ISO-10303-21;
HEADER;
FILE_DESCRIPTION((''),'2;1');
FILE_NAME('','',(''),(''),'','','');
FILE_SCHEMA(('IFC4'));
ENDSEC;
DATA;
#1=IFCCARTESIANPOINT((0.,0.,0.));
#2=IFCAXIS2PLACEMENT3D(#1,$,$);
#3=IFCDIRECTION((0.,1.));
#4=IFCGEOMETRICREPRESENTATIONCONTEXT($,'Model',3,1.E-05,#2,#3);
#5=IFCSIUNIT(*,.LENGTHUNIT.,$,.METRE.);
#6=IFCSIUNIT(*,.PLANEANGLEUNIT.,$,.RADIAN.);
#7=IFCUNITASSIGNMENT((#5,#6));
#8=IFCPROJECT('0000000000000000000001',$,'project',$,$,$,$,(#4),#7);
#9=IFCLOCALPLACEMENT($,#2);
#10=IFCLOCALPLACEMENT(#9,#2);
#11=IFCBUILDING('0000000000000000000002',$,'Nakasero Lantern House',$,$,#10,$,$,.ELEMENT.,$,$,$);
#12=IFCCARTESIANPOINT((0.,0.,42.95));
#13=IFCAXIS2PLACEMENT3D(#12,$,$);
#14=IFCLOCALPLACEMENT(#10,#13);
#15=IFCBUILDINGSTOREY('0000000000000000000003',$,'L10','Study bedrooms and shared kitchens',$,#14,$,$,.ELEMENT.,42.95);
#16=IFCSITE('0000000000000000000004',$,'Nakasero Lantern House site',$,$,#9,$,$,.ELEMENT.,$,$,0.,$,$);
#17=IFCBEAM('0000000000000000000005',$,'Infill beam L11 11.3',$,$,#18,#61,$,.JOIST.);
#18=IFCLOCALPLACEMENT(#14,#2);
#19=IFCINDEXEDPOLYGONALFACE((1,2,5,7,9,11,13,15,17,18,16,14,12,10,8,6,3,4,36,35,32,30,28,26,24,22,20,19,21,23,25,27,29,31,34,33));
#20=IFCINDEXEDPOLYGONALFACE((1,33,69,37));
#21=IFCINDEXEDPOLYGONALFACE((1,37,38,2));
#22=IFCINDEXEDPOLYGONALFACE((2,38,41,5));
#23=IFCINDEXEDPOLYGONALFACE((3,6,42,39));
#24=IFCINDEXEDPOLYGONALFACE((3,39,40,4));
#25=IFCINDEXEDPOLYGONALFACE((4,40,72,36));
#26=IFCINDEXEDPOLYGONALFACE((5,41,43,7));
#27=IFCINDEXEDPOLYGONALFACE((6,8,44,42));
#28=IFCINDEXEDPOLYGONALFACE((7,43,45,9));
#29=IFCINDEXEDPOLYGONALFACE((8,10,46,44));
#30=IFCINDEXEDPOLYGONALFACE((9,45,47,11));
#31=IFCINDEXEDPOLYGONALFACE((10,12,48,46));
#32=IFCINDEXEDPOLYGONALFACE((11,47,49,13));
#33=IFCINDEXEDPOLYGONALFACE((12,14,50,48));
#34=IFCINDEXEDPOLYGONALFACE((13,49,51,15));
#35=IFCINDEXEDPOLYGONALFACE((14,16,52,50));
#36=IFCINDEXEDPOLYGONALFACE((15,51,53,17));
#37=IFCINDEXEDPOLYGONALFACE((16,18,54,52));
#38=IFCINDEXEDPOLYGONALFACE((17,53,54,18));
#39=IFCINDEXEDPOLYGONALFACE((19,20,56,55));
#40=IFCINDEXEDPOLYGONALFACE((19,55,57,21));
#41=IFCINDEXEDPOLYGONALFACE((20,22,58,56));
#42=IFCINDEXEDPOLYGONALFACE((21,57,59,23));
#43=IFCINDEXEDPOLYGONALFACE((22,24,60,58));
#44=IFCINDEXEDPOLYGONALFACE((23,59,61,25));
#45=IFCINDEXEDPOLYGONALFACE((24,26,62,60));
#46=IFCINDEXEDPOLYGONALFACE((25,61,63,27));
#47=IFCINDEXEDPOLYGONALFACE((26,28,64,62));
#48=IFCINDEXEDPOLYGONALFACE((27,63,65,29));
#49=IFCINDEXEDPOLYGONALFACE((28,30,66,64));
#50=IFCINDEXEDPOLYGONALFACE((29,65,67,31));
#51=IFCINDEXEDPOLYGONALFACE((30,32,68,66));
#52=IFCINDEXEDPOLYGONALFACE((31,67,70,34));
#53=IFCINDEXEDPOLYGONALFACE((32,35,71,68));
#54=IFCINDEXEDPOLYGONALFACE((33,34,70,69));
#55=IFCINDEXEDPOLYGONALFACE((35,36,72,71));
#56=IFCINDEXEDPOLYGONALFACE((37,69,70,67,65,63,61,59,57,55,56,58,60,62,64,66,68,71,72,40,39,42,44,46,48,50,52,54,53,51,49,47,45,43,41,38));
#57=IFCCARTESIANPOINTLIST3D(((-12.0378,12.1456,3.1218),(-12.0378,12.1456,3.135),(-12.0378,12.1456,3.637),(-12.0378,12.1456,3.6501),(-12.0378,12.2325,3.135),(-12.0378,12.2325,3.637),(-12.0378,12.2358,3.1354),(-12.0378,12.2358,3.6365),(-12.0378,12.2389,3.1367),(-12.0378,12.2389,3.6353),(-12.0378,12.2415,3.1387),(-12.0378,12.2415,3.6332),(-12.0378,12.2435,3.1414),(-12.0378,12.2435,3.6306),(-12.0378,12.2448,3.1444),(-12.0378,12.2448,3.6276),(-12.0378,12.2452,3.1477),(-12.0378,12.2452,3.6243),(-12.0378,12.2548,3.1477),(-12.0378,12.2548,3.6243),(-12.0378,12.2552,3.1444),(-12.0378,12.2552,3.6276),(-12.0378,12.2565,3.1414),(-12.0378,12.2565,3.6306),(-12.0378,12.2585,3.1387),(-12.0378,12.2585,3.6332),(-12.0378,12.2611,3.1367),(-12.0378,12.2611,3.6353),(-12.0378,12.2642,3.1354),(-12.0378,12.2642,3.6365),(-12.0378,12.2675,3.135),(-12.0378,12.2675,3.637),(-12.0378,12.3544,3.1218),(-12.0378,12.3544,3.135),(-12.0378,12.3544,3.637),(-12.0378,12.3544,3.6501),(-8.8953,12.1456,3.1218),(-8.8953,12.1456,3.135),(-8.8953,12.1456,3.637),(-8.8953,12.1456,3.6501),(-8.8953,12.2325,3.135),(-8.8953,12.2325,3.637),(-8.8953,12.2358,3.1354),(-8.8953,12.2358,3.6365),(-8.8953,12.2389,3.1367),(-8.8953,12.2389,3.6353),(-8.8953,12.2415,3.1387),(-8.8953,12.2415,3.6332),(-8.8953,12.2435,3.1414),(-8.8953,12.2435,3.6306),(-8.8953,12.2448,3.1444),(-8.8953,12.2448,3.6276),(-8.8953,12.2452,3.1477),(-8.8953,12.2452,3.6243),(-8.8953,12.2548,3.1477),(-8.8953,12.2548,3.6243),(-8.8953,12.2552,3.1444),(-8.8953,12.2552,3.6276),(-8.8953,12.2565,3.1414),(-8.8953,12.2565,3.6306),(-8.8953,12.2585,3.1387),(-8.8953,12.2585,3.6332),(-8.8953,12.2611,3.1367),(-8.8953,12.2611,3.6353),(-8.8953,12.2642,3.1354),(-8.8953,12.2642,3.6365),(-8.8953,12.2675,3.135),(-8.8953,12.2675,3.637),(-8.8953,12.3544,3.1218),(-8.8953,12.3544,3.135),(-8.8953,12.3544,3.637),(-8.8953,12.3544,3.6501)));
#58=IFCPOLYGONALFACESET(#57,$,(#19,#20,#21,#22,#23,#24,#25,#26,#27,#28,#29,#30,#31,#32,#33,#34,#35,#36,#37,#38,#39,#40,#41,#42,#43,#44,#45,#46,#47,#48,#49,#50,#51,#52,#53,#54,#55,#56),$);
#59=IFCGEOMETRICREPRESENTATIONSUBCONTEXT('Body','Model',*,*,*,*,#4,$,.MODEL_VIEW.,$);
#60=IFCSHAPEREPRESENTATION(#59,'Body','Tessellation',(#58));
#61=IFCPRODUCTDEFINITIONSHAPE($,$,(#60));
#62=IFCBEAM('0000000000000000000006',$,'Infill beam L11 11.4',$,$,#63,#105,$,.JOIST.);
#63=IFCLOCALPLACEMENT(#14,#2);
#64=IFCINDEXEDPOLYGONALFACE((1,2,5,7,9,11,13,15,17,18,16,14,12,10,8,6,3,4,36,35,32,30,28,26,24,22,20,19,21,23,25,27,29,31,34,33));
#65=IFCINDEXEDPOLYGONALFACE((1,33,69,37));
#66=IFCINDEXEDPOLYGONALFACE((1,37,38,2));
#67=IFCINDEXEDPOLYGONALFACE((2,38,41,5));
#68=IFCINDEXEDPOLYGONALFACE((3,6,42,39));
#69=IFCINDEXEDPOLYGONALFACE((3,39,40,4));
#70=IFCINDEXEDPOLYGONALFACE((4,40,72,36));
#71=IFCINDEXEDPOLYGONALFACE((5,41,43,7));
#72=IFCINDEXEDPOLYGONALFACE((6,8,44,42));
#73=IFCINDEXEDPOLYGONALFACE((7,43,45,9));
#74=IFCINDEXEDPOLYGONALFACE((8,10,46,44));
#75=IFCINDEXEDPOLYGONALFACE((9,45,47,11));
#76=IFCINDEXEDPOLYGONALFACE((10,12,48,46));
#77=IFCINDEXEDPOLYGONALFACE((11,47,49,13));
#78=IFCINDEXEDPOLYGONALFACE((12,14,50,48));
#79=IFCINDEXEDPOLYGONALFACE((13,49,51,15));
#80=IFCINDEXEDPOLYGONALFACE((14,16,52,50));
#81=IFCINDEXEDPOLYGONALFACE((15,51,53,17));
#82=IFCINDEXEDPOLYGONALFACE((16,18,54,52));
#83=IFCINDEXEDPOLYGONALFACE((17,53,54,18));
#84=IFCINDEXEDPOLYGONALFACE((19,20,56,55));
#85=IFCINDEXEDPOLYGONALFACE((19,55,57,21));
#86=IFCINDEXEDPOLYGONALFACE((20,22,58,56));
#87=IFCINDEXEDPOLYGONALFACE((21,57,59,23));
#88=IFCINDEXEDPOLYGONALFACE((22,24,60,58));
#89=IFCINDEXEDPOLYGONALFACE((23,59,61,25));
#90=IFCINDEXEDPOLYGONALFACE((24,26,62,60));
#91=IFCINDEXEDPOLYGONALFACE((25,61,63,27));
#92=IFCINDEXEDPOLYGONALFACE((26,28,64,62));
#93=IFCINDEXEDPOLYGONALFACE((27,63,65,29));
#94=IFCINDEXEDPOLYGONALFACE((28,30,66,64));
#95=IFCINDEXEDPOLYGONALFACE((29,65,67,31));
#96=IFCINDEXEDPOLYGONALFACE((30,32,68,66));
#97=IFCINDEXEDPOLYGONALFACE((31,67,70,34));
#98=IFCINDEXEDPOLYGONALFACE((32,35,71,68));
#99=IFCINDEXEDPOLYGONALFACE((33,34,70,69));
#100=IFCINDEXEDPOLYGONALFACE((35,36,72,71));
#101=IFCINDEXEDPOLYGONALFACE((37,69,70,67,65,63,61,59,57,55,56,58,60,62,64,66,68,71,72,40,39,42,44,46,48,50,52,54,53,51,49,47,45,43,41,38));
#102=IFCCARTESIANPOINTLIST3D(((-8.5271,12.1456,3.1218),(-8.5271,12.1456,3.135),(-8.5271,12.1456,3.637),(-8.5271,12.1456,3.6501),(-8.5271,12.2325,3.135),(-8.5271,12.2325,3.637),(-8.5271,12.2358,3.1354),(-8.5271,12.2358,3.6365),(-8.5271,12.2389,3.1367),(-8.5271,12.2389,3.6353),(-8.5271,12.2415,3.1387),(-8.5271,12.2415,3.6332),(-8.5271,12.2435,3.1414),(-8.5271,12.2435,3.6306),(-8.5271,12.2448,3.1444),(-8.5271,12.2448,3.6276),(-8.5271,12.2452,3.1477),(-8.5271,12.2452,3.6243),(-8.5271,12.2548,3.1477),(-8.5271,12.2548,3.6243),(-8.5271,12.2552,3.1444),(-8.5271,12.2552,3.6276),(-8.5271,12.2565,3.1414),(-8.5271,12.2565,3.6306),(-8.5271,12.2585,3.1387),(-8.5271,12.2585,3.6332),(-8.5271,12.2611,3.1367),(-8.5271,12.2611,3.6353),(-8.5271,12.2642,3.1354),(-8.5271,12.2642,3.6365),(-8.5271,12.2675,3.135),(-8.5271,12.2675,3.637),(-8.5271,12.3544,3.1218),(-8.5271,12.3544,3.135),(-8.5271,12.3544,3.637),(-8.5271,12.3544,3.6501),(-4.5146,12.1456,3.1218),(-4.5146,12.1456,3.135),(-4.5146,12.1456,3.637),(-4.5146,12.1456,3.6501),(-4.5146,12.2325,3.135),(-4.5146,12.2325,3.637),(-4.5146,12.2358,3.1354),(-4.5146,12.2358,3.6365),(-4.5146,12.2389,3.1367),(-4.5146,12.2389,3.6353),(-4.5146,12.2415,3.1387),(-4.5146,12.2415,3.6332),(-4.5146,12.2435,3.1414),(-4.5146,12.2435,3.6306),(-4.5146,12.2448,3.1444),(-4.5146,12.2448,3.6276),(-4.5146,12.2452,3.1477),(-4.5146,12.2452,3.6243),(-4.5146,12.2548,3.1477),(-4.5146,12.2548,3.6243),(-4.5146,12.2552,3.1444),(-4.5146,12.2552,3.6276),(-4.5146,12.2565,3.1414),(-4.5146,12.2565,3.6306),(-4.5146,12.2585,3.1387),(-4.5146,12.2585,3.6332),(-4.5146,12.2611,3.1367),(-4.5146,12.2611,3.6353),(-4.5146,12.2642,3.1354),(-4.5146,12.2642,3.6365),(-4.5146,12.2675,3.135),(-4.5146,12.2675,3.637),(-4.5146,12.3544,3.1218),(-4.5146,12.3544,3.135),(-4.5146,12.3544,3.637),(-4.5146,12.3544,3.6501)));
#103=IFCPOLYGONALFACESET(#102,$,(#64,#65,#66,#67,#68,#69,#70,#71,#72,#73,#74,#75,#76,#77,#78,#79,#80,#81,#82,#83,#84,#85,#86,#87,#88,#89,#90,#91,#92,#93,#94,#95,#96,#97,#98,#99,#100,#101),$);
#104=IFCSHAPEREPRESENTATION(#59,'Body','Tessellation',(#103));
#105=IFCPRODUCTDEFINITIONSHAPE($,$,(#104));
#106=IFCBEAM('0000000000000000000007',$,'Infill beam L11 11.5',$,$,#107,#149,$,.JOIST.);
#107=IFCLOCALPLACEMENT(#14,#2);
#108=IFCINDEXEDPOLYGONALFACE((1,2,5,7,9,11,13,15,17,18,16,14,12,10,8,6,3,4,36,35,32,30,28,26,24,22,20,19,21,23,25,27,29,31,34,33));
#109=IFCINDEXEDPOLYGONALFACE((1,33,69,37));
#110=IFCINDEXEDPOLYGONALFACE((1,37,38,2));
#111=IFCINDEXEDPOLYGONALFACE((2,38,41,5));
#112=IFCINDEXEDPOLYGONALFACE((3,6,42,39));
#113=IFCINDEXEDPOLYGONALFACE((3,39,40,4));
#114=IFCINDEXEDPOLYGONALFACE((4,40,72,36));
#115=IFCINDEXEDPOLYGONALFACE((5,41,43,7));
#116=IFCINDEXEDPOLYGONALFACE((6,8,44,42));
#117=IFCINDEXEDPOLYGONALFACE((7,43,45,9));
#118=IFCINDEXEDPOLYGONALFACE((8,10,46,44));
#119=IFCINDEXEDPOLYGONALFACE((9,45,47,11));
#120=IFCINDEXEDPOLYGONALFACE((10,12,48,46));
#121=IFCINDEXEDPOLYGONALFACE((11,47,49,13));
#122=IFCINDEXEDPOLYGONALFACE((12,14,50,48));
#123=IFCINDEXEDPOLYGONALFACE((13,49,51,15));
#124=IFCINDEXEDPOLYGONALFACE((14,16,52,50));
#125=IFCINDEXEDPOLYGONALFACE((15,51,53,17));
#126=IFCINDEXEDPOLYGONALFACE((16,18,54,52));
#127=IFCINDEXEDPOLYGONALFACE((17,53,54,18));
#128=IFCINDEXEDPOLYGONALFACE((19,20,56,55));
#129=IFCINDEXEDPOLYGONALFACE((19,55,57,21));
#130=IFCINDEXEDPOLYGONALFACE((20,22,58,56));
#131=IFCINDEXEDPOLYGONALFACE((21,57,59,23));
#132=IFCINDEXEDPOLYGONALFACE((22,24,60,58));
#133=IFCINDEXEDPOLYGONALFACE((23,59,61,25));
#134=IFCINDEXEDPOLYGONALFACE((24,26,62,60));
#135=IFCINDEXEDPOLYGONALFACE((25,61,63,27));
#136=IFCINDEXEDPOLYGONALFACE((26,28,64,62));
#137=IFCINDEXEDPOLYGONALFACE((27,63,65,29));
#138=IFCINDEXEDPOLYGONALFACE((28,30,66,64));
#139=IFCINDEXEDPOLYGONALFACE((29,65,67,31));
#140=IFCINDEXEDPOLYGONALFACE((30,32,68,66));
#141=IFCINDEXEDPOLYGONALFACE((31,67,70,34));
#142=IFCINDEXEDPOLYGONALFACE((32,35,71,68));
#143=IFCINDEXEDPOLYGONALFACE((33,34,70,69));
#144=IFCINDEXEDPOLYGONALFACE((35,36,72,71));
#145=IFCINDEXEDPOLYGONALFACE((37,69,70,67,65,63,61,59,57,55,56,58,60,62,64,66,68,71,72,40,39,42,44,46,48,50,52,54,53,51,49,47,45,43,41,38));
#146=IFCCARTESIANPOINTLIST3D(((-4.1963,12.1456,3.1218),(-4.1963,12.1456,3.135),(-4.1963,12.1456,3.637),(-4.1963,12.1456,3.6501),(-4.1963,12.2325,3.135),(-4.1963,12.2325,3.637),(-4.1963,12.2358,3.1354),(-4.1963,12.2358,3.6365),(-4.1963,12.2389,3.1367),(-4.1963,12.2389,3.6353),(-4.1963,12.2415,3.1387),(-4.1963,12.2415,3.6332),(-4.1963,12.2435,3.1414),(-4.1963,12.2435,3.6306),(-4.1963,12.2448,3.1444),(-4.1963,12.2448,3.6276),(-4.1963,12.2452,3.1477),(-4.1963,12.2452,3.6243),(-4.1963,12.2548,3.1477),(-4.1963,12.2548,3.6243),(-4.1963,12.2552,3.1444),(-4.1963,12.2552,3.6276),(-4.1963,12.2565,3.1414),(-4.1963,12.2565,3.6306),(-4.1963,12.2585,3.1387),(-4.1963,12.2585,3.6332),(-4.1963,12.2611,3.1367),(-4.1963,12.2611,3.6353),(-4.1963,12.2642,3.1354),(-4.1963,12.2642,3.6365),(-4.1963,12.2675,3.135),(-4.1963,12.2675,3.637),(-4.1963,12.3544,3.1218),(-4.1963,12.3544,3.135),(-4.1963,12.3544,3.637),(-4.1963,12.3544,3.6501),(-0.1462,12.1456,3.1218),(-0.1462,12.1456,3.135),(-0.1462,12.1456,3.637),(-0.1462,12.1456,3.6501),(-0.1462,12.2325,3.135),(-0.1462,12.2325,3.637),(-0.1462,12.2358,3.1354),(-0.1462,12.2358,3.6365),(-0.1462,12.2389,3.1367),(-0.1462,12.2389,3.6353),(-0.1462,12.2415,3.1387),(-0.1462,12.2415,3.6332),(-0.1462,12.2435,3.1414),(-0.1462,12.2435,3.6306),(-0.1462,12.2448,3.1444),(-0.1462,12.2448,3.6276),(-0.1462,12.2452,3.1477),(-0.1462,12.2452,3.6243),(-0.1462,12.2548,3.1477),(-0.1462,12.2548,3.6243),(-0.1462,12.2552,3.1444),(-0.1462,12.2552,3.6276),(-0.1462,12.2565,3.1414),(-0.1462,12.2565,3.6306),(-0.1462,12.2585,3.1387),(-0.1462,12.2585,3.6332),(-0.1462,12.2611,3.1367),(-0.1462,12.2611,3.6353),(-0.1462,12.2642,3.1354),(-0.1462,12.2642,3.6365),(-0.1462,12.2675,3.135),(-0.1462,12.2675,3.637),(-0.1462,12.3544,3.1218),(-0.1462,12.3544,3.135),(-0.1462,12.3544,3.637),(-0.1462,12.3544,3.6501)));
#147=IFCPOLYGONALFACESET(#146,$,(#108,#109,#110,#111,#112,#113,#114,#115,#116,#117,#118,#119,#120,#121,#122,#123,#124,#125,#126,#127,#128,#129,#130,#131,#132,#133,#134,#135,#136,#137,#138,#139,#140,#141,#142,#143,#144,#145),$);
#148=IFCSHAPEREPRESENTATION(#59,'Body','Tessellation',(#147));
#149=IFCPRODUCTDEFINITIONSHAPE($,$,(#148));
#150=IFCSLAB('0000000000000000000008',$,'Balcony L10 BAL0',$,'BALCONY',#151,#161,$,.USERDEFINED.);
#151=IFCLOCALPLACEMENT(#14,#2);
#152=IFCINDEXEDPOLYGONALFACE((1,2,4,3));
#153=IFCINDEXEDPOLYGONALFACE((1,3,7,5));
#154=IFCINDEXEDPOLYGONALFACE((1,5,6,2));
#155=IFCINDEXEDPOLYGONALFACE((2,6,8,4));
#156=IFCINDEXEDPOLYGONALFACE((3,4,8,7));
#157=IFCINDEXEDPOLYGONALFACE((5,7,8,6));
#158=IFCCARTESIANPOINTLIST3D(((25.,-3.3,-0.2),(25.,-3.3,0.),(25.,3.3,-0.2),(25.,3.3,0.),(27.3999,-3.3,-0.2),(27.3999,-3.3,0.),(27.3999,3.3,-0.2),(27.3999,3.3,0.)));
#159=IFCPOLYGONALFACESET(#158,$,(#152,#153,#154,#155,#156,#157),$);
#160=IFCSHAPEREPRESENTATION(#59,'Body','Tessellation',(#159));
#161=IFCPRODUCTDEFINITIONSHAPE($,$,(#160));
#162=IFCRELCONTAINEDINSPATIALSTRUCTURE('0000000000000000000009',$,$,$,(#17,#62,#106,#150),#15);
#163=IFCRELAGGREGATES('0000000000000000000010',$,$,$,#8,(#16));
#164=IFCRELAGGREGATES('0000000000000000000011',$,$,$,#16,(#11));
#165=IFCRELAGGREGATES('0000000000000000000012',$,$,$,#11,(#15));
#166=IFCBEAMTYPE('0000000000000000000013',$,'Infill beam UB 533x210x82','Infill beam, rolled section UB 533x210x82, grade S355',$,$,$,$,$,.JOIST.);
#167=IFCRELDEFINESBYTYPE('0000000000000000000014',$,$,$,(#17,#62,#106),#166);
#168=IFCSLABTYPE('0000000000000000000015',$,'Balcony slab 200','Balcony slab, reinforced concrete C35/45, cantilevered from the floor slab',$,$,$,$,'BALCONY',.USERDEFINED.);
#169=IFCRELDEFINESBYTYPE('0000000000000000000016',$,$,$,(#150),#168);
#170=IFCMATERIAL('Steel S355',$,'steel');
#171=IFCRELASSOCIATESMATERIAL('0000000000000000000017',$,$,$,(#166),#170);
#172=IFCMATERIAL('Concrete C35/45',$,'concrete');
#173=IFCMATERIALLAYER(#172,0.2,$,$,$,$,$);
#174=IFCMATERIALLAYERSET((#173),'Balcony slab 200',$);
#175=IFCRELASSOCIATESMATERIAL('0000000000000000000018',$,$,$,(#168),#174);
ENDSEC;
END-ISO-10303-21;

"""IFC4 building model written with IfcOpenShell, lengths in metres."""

from ifc_helpers import new_model, si_unit, direction, frame, origin, origin_2d, place, context, subcontext, project, spatial, polyline, i_section, outline, extrude, material, layer, layer_set, material_profile, profile_set, type_object, element, save


model = new_model("IFC4")

# Units and contexts
model_context = context("Model", 3, precision=1e-05, world=origin(), true_north=direction((0.0, 1.0)))
body_context = subcontext(model_context, "Body", "Model", "MODEL_VIEW")
ifc_project = project(units=[si_unit("LENGTHUNIT", "METRE"), si_unit("PLANEANGLEUNIT", "RADIAN")], contexts=[model_context])

# Site, building, storey
site_placement = place(None, origin())
site = spatial("IfcSite", under=ifc_project, at=site_placement, Name="Nakasero Lantern House site", CompositionType="ELEMENT", RefElevation=0.0)
building_placement = place(site_placement, origin())
building = spatial("IfcBuilding", under=site, at=building_placement, Name="Nakasero Lantern House", CompositionType="ELEMENT")
storey_placement = place(building_placement, frame((0.0, 0.0, 42.95)))
storey = spatial("IfcBuildingStorey", under=building, at=storey_placement, Name="L10", Description="Study bedrooms and shared kitchens", CompositionType="ELEMENT", Elevation=42.95)

# Beams
ifc_material_1 = material(Name="Steel S355", Category="steel")
ifc_material_profile_1 = material_profile(ifc_material_1, i_section(OverallWidth=0.2087, OverallDepth=0.5283, WebThickness=0.0095, FlangeThickness=0.0132, FilletRadius=0.0127, at=origin_2d()), Name="UB 533x210x82")
ifc_profile_set_1 = profile_set([ifc_material_profile_1], Name="Steel S355")
beam_type_1 = type_object("IfcBeamType", Name="Infill beam UB 533x210x82", Description="Infill beam, rolled section UB 533x210x82, grade S355", PredefinedType="JOIST", material=ifc_profile_set_1)
beam_1_placement = place(storey_placement, frame((-12.0378, 12.25, 3.386), z_axis=(1.0, 0.0, 0.0), x_axis=(0.0, 1.0, 0.0)))
element("IfcBeam", 1, at=beam_1_placement, inside=storey, type_object=beam_type_1, Name="Infill beam L11 11.3", PredefinedType="JOIST", context=body_context, shape_type="SweptSolid", body=[
    extrude(i_section(OverallWidth=0.2087, OverallDepth=0.5283, WebThickness=0.0095, FlangeThickness=0.0132, FilletRadius=0.0127, at=origin_2d()), origin(), (0.0, 0.0, 1.0), 3.1426),
])
beam_2_placement = place(storey_placement, frame((-8.5271, 12.25, 3.386), z_axis=(1.0, 0.0, 0.0), x_axis=(0.0, 1.0, 0.0)))
element("IfcBeam", 2, at=beam_2_placement, inside=storey, type_object=beam_type_1, Name="Infill beam L11 11.4", PredefinedType="JOIST", context=body_context, shape_type="SweptSolid", body=[
    extrude(i_section(OverallWidth=0.2087, OverallDepth=0.5283, WebThickness=0.0095, FlangeThickness=0.0132, FilletRadius=0.0127, at=origin_2d()), origin(), (0.0, 0.0, 1.0), 4.0125),
])
beam_3_placement = place(storey_placement, frame((-4.1963, 12.25, 3.386), z_axis=(1.0, 0.0, 0.0), x_axis=(0.0, 1.0, 0.0)))
element("IfcBeam", 3, at=beam_3_placement, inside=storey, type_object=beam_type_1, Name="Infill beam L11 11.5", PredefinedType="JOIST", context=body_context, shape_type="SweptSolid", body=[
    extrude(i_section(OverallWidth=0.2087, OverallDepth=0.5283, WebThickness=0.0095, FlangeThickness=0.0132, FilletRadius=0.0127, at=origin_2d()), origin(), (0.0, 0.0, 1.0), 4.05),
])

# Slab
ifc_material_2 = material(Name="Concrete C35/45", Category="concrete")
ifc_layer_1 = layer(ifc_material_2, 0.2)
ifc_layer_set_1 = layer_set([ifc_layer_1], Name="Balcony slab 200")
slab_type_1 = type_object("IfcSlabType", Name="Balcony slab 200", Description="Balcony slab, reinforced concrete C35/45, cantilevered from the floor slab", ElementType="BALCONY", PredefinedType="USERDEFINED", material=ifc_layer_set_1)
slab_1_placement = place(storey_placement, frame((0.0, 0.0, -0.2)))
element("IfcSlab", 4, at=slab_1_placement, inside=storey, type_object=slab_type_1, Name="Balcony L10 BAL0", ObjectType="BALCONY", PredefinedType="USERDEFINED", context=body_context, shape_type="SweptSolid", body=[
    extrude(outline(polyline([(25.0, -3.3), (27.3999, -3.3), (27.3999, 3.3), (25.0, 3.3), (25.0, -3.3)])), origin(), (0.0, 0.0, 1.0), 0.2),
])

save(model, "model.ifc")
